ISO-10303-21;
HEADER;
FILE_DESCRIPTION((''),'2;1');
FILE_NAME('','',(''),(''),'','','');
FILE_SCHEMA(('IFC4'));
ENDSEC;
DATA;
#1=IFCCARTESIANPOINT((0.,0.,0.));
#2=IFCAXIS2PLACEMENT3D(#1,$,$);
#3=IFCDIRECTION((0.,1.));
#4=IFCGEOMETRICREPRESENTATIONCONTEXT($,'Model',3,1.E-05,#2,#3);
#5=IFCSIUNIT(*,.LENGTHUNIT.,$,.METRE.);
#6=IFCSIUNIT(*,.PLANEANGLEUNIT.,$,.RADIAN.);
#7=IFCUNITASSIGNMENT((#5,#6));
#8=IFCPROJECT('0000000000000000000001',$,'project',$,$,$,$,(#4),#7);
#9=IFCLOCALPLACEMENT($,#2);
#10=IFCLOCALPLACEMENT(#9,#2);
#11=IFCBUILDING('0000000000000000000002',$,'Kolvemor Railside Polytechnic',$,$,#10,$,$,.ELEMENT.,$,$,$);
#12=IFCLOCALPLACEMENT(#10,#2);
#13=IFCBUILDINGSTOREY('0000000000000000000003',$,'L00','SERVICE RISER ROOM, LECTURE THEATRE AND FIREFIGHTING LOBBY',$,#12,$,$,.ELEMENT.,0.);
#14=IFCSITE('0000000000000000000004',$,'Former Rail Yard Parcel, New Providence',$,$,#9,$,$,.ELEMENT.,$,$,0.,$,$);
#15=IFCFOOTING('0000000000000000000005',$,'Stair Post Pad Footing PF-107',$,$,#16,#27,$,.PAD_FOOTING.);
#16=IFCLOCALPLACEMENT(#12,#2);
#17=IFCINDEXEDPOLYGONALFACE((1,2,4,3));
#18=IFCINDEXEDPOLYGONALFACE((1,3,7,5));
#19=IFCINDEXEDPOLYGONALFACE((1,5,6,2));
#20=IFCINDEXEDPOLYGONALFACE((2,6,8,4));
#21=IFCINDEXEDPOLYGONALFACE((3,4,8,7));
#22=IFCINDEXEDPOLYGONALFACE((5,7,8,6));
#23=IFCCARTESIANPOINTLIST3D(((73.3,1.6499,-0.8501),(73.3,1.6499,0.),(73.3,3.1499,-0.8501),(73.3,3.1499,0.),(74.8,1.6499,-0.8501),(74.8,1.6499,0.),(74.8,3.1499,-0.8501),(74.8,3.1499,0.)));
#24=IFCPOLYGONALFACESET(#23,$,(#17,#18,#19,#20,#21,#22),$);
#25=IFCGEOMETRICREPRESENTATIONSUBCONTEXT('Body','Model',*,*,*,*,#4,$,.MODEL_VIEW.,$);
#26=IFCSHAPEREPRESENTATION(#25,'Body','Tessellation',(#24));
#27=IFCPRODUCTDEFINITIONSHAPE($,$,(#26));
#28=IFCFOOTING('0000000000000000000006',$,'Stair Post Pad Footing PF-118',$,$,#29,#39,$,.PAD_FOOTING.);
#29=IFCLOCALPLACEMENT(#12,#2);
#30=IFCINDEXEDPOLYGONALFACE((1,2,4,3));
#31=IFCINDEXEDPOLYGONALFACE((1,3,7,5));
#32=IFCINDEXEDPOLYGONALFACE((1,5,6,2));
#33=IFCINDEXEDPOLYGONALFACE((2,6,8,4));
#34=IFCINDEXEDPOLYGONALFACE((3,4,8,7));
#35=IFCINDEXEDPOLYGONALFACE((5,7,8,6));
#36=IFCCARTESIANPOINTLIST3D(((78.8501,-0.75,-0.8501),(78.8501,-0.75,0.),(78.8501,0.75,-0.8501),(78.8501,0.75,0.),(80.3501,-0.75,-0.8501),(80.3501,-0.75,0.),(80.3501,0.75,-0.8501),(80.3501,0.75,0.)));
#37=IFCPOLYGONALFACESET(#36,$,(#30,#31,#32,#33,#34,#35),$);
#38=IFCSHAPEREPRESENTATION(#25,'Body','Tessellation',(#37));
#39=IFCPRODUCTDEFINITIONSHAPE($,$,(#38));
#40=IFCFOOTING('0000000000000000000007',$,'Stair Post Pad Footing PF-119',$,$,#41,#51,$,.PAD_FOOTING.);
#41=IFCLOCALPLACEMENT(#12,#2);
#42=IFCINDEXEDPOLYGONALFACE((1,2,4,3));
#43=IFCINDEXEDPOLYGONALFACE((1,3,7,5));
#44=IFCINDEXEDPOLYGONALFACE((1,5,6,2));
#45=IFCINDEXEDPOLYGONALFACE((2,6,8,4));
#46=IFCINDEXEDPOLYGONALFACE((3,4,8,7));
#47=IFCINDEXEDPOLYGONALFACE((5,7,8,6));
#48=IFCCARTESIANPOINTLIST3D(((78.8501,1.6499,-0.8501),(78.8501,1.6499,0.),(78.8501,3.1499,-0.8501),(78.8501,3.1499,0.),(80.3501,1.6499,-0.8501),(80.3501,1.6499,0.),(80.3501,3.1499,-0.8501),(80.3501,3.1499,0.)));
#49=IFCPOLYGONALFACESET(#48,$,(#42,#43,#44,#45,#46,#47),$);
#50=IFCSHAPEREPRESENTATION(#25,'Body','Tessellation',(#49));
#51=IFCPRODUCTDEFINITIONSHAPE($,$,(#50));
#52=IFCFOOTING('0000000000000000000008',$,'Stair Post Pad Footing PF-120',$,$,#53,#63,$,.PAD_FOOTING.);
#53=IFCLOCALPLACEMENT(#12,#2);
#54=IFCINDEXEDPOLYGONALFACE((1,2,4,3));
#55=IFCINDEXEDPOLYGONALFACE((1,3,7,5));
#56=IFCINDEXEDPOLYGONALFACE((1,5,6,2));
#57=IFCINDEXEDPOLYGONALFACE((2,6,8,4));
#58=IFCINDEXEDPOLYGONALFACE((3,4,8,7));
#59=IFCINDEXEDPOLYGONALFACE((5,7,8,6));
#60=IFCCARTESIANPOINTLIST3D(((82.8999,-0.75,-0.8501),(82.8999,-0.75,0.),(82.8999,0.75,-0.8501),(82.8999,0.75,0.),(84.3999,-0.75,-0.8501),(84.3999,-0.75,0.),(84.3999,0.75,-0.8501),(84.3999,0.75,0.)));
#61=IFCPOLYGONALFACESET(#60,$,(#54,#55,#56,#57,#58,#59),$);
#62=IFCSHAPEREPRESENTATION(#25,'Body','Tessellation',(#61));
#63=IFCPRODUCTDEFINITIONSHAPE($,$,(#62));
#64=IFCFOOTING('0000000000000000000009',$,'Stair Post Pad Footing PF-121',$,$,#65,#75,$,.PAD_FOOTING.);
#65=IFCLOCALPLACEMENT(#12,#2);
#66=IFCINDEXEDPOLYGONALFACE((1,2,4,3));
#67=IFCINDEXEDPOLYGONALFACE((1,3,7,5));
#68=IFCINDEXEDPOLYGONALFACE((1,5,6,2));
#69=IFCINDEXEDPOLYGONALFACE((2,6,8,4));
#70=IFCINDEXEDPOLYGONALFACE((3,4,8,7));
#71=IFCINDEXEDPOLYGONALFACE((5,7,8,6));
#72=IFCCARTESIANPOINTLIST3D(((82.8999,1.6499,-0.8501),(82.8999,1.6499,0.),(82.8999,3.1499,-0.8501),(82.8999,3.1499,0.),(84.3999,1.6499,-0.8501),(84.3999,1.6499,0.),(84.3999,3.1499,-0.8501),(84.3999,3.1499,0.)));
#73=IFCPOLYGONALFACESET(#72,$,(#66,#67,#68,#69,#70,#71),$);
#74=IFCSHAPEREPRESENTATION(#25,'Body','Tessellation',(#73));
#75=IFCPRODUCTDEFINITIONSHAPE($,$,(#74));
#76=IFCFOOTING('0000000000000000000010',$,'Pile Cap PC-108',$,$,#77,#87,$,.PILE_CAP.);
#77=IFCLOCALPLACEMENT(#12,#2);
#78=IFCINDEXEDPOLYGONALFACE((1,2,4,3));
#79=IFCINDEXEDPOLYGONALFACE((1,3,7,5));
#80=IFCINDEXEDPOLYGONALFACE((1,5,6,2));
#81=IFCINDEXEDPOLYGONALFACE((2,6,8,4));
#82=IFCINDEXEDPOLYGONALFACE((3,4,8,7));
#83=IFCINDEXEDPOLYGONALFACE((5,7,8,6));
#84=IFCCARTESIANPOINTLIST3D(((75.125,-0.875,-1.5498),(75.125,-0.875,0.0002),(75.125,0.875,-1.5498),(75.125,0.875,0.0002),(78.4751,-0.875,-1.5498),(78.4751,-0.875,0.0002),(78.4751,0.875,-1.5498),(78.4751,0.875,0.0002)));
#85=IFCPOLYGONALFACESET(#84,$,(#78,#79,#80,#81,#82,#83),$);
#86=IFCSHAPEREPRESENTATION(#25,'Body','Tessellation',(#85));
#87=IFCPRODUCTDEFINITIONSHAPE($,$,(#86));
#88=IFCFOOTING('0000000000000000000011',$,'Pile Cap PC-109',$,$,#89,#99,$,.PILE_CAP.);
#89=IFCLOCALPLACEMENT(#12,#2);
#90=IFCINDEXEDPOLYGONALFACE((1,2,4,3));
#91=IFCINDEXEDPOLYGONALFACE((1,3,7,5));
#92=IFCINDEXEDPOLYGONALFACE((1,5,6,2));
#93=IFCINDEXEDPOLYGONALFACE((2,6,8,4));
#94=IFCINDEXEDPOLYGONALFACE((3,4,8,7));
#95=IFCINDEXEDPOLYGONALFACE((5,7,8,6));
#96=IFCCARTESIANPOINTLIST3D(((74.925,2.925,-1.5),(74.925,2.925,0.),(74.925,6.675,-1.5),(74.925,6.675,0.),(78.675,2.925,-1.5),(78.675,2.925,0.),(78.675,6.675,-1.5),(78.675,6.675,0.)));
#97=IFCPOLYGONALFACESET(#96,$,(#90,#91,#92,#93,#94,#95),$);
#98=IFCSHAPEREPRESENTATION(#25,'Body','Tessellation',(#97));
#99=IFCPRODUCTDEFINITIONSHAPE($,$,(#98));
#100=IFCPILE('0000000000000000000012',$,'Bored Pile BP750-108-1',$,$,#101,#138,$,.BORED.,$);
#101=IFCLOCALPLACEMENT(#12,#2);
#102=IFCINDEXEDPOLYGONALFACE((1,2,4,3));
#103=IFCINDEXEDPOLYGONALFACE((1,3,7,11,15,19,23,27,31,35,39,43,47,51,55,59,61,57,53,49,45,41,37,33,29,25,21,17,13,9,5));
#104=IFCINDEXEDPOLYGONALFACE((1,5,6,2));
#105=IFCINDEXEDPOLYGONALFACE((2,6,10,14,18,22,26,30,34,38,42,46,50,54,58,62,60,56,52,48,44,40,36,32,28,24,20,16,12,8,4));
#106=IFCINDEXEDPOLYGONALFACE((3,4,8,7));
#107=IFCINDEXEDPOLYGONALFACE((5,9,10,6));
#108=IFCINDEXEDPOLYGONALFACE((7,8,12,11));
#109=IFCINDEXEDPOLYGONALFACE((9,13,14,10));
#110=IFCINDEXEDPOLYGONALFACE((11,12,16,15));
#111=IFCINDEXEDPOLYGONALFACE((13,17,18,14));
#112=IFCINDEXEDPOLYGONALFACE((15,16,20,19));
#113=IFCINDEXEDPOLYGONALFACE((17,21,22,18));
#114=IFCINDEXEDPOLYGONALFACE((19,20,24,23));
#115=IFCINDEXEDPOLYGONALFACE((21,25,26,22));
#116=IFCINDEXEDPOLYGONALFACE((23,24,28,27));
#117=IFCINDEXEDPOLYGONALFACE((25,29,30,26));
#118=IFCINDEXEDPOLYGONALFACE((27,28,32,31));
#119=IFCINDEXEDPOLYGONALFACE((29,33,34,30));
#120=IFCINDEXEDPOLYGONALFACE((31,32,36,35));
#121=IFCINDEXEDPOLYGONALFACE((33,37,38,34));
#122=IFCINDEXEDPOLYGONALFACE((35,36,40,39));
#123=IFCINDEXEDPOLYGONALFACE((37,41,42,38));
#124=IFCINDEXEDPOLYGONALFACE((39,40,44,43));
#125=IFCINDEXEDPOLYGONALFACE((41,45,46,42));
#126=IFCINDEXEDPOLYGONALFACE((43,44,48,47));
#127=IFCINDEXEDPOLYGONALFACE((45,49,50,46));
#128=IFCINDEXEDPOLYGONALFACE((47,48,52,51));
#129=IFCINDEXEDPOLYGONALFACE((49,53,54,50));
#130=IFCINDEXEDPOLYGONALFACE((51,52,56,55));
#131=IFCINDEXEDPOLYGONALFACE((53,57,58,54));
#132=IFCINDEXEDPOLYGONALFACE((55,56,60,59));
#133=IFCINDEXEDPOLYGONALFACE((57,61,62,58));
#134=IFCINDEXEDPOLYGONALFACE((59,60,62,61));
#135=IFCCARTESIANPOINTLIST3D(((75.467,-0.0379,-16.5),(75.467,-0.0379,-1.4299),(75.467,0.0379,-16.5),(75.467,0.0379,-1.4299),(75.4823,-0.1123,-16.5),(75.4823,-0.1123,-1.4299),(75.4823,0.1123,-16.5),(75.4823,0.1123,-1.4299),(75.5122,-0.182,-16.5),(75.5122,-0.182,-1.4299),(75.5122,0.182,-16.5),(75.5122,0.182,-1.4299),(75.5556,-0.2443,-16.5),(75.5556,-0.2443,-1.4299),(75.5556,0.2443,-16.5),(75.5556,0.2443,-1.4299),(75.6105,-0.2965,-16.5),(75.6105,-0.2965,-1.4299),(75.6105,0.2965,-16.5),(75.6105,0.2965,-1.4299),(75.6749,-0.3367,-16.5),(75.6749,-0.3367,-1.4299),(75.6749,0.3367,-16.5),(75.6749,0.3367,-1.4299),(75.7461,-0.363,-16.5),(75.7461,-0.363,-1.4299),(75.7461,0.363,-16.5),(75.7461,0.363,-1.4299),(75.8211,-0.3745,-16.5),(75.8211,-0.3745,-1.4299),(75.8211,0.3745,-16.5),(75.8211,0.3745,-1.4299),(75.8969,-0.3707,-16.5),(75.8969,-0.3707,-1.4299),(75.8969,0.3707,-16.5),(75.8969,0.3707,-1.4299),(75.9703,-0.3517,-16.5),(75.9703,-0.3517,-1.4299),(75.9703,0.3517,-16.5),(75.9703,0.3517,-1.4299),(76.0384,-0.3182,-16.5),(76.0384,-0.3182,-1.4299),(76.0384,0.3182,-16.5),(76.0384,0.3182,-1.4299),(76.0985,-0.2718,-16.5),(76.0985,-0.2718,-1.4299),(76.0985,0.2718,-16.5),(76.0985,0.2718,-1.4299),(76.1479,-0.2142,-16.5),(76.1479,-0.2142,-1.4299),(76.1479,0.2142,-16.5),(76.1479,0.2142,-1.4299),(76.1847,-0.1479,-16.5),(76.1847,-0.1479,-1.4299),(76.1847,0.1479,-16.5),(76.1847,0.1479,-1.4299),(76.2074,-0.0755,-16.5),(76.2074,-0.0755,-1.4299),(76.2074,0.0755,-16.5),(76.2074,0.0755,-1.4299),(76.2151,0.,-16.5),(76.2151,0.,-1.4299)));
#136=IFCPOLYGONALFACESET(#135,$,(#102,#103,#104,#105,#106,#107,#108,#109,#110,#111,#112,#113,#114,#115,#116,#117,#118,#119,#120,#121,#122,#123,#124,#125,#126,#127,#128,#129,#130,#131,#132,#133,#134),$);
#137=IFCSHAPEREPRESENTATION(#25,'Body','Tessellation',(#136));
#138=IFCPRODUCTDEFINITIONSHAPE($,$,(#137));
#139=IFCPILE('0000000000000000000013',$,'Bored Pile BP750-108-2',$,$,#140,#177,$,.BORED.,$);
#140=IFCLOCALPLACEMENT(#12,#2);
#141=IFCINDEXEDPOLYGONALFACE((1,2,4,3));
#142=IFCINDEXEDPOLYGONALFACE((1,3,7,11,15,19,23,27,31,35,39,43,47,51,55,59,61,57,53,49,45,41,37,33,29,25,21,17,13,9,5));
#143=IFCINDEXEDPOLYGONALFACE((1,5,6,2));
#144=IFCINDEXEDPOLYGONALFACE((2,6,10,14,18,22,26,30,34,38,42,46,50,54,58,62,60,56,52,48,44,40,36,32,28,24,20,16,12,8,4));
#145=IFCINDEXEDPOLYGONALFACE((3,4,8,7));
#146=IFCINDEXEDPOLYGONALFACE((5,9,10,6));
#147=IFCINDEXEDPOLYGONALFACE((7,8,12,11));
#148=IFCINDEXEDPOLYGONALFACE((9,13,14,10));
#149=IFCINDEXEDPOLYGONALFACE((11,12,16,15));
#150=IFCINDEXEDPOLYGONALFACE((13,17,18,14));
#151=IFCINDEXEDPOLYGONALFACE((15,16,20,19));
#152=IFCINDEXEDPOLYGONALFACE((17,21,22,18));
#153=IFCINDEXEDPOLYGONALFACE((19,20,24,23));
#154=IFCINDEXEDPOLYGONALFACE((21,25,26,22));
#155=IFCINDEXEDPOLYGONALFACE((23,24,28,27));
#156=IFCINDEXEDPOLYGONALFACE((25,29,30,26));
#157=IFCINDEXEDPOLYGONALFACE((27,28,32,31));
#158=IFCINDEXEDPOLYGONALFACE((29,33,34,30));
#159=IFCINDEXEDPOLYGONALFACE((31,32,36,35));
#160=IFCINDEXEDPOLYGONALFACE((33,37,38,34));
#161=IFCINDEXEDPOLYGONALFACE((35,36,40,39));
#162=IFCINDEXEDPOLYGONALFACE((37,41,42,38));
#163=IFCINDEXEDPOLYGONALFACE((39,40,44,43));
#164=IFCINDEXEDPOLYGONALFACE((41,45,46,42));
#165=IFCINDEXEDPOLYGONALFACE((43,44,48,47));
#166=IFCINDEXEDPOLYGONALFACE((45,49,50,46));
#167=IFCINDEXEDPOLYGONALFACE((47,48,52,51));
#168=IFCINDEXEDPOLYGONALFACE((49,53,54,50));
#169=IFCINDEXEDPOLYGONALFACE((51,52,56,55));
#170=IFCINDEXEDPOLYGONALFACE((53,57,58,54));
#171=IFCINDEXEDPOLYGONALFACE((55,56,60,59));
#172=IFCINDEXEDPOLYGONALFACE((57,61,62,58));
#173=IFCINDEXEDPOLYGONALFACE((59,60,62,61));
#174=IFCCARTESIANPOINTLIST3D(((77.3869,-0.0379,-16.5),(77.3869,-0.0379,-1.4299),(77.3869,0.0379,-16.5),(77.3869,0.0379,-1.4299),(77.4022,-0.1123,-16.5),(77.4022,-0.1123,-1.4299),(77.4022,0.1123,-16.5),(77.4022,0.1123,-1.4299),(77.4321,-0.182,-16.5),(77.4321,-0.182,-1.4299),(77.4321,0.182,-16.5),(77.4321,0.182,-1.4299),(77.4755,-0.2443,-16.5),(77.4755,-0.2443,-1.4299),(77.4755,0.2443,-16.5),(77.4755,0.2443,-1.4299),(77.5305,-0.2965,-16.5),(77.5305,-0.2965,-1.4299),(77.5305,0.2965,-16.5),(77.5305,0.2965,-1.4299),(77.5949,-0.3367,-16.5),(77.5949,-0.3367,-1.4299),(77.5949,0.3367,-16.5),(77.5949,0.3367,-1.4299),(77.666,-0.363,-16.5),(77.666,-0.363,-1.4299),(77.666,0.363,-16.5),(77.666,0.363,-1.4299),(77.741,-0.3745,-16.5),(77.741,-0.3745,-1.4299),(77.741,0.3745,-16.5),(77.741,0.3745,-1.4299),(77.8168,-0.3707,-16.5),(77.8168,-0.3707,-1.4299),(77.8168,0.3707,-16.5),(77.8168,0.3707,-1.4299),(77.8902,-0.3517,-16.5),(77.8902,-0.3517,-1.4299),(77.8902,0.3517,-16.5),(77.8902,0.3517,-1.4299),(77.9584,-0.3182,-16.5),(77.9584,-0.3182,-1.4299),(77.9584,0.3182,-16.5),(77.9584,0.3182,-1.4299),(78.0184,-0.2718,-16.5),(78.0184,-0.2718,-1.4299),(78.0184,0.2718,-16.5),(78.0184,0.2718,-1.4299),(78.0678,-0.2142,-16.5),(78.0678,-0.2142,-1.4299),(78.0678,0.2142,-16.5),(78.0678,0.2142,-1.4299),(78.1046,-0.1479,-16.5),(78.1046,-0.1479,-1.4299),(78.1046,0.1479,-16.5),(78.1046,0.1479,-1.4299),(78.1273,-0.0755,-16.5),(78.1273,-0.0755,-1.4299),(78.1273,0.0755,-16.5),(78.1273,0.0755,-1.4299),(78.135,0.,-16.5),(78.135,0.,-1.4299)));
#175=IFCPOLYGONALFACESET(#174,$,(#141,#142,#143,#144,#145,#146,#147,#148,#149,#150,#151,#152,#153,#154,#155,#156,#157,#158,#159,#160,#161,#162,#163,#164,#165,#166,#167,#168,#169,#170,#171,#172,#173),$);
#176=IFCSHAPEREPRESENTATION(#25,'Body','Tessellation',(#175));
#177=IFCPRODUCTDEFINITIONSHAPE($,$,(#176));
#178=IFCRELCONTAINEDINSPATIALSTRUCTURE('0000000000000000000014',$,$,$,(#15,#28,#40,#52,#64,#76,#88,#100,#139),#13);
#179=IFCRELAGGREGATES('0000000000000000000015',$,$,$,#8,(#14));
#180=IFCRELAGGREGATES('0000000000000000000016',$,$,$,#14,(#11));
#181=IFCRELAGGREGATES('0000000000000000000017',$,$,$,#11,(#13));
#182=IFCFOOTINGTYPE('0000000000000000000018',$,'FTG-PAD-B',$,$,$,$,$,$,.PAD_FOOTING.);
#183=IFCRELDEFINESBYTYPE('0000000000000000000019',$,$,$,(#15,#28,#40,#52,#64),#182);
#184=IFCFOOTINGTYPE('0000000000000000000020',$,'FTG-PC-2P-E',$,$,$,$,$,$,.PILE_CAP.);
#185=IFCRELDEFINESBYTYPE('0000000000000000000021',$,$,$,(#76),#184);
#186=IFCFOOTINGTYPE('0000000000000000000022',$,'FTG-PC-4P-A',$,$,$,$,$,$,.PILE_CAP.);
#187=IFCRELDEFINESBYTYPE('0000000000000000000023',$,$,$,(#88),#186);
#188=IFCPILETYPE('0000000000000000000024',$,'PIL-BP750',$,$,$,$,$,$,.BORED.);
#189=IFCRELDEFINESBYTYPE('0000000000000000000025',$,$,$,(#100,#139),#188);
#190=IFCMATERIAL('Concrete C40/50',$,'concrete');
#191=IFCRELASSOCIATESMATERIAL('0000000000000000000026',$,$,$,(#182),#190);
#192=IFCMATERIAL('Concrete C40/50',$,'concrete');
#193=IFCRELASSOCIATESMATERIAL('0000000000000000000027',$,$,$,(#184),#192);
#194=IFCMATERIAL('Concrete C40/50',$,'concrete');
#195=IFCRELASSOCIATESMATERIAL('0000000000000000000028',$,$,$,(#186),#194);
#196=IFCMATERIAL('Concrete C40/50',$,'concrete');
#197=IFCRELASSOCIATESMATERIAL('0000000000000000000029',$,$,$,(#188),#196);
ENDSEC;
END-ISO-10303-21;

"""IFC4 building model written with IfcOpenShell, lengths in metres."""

from ifc_helpers import new_model, si_unit, direction, frame, origin, origin_2d, place, context, subcontext, project, spatial, rectangle, circle, extrude, material, material_profile, profile_set, type_object, element, save


model = new_model("IFC4")

# Units and contexts
model_context = context("Model", 3, precision=1e-05, world=origin(), true_north=direction((0.0, 1.0)))
body_context = subcontext(model_context, "Body", "Model", "MODEL_VIEW")
ifc_project = project(units=[si_unit("LENGTHUNIT", "METRE"), si_unit("PLANEANGLEUNIT", "RADIAN")], contexts=[model_context])

# Site, building, storey
site_placement = place(None, origin())
site = spatial("IfcSite", under=ifc_project, at=site_placement, Name="Former Rail Yard Parcel, New Providence", CompositionType="ELEMENT", RefElevation=0.0)
building_placement = place(site_placement, origin())
building = spatial("IfcBuilding", under=site, at=building_placement, Name="Kolvemor Railside Polytechnic", CompositionType="ELEMENT")
storey_placement = place(building_placement, origin())
storey = spatial("IfcBuildingStorey", under=building, at=storey_placement, Name="L00", Description="SERVICE RISER ROOM, LECTURE THEATRE AND FIREFIGHTING LOBBY", CompositionType="ELEMENT", Elevation=0.0)

# Footings
ifc_material_1 = material(Name="Concrete C40/50", Category="concrete")
footing_type_1 = type_object("IfcFootingType", Name="FTG-PAD-B", PredefinedType="PAD_FOOTING", material=ifc_material_1)
for number, where, z_axis, x_axis, name in (
    (1, (74.05, 2.3999, -0.8501), (0.0, 0.0, 1.0), (1.0, 0.0, 0.0), "Stair Post Pad Footing PF-107"),
    (2, (79.6001, 0.0, -0.8501), (0.0, 0.0, 1.0), (1.0, 0.0, 0.0), "Stair Post Pad Footing PF-118"),
    (3, (79.6001, 2.3999, -0.8501), (0.0, 0.0, 1.0), (1.0, 0.0, 0.0), "Stair Post Pad Footing PF-119"),
    (4, (83.6499, 0.0, -0.8501), (0.0, 0.0, 1.0), (1.0, 0.0, 0.0), "Stair Post Pad Footing PF-120"),
    (5, (83.6499, 2.3999, -0.8501), (0.0, 0.0, 1.0), (1.0, 0.0, 0.0), "Stair Post Pad Footing PF-121"),
):
    element("IfcFooting", number, at=place(storey_placement, frame(where, z_axis=z_axis, x_axis=x_axis)), inside=storey, type_object=footing_type_1, Name=name, PredefinedType="PAD_FOOTING", context=body_context, shape_type="SweptSolid", body=[
        extrude(rectangle(XDim=1.5, YDim=1.5, at=origin_2d()), origin(), (0.0, 0.0, 1.0), 0.8501),
    ])
ifc_material_2 = material(Name="Concrete C40/50", Category="concrete")
footing_type_2 = type_object("IfcFootingType", Name="FTG-PC-2P-E", PredefinedType="PILE_CAP", material=ifc_material_2)
footing_1_placement = place(storey_placement, frame((76.8, 0.0, -1.5498), z_axis=(0.0, 0.0, 1.0), x_axis=(1.0, 0.0, 0.0)))
element("IfcFooting", 6, at=footing_1_placement, inside=storey, type_object=footing_type_2, Name="Pile Cap PC-108", PredefinedType="PILE_CAP", context=body_context, shape_type="SweptSolid", body=[
    extrude(rectangle(XDim=3.3501, YDim=1.75, at=origin_2d()), origin(), (0.0, 0.0, 1.0), 1.55),
])
ifc_material_3 = material(Name="Concrete C40/50", Category="concrete")
footing_type_3 = type_object("IfcFootingType", Name="FTG-PC-4P-A", PredefinedType="PILE_CAP", material=ifc_material_3)
footing_2_placement = place(storey_placement, frame((76.8, 4.8, -1.5), z_axis=(0.0, 0.0, 1.0), x_axis=(1.0, 0.0, 0.0)))
element("IfcFooting", 7, at=footing_2_placement, inside=storey, type_object=footing_type_3, Name="Pile Cap PC-109", PredefinedType="PILE_CAP", context=body_context, shape_type="SweptSolid", body=[
    extrude(rectangle(XDim=3.75, YDim=3.75, at=origin_2d()), origin(), (0.0, 0.0, 1.0), 1.5),
])

# Piles
ifc_material_4 = material(Name="Concrete C40/50", Category="concrete")
ifc_material_profile_1 = material_profile(ifc_material_4, circle(Radius=0.375, at=origin_2d()), Name="BP750")
ifc_profile_set_1 = profile_set([ifc_material_profile_1], Name="Concrete C40/50")
pile_type_1 = type_object("IfcPileType", Name="PIL-BP750", PredefinedType="BORED", material=ifc_profile_set_1)
for number, where, z_axis, x_axis, name in (
    (8, (75.8401, 0.0, -1.4299), (0.0, 0.0, -1.0), (1.0, 0.0, 0.0), "Bored Pile BP750-108-1"),
    (9, (77.76, 0.0, -1.4299), (0.0, 0.0, -1.0), (1.0, 0.0, 0.0), "Bored Pile BP750-108-2"),
):
    element("IfcPile", number, at=place(storey_placement, frame(where, z_axis=z_axis, x_axis=x_axis)), inside=storey, type_object=pile_type_1, Name=name, PredefinedType="BORED", context=body_context, shape_type="SweptSolid", body=[
        extrude(circle(Radius=0.375, at=origin_2d()), origin(), (0.0, 0.0, 1.0), 15.0701),
    ])

save(model, "model.ifc")
